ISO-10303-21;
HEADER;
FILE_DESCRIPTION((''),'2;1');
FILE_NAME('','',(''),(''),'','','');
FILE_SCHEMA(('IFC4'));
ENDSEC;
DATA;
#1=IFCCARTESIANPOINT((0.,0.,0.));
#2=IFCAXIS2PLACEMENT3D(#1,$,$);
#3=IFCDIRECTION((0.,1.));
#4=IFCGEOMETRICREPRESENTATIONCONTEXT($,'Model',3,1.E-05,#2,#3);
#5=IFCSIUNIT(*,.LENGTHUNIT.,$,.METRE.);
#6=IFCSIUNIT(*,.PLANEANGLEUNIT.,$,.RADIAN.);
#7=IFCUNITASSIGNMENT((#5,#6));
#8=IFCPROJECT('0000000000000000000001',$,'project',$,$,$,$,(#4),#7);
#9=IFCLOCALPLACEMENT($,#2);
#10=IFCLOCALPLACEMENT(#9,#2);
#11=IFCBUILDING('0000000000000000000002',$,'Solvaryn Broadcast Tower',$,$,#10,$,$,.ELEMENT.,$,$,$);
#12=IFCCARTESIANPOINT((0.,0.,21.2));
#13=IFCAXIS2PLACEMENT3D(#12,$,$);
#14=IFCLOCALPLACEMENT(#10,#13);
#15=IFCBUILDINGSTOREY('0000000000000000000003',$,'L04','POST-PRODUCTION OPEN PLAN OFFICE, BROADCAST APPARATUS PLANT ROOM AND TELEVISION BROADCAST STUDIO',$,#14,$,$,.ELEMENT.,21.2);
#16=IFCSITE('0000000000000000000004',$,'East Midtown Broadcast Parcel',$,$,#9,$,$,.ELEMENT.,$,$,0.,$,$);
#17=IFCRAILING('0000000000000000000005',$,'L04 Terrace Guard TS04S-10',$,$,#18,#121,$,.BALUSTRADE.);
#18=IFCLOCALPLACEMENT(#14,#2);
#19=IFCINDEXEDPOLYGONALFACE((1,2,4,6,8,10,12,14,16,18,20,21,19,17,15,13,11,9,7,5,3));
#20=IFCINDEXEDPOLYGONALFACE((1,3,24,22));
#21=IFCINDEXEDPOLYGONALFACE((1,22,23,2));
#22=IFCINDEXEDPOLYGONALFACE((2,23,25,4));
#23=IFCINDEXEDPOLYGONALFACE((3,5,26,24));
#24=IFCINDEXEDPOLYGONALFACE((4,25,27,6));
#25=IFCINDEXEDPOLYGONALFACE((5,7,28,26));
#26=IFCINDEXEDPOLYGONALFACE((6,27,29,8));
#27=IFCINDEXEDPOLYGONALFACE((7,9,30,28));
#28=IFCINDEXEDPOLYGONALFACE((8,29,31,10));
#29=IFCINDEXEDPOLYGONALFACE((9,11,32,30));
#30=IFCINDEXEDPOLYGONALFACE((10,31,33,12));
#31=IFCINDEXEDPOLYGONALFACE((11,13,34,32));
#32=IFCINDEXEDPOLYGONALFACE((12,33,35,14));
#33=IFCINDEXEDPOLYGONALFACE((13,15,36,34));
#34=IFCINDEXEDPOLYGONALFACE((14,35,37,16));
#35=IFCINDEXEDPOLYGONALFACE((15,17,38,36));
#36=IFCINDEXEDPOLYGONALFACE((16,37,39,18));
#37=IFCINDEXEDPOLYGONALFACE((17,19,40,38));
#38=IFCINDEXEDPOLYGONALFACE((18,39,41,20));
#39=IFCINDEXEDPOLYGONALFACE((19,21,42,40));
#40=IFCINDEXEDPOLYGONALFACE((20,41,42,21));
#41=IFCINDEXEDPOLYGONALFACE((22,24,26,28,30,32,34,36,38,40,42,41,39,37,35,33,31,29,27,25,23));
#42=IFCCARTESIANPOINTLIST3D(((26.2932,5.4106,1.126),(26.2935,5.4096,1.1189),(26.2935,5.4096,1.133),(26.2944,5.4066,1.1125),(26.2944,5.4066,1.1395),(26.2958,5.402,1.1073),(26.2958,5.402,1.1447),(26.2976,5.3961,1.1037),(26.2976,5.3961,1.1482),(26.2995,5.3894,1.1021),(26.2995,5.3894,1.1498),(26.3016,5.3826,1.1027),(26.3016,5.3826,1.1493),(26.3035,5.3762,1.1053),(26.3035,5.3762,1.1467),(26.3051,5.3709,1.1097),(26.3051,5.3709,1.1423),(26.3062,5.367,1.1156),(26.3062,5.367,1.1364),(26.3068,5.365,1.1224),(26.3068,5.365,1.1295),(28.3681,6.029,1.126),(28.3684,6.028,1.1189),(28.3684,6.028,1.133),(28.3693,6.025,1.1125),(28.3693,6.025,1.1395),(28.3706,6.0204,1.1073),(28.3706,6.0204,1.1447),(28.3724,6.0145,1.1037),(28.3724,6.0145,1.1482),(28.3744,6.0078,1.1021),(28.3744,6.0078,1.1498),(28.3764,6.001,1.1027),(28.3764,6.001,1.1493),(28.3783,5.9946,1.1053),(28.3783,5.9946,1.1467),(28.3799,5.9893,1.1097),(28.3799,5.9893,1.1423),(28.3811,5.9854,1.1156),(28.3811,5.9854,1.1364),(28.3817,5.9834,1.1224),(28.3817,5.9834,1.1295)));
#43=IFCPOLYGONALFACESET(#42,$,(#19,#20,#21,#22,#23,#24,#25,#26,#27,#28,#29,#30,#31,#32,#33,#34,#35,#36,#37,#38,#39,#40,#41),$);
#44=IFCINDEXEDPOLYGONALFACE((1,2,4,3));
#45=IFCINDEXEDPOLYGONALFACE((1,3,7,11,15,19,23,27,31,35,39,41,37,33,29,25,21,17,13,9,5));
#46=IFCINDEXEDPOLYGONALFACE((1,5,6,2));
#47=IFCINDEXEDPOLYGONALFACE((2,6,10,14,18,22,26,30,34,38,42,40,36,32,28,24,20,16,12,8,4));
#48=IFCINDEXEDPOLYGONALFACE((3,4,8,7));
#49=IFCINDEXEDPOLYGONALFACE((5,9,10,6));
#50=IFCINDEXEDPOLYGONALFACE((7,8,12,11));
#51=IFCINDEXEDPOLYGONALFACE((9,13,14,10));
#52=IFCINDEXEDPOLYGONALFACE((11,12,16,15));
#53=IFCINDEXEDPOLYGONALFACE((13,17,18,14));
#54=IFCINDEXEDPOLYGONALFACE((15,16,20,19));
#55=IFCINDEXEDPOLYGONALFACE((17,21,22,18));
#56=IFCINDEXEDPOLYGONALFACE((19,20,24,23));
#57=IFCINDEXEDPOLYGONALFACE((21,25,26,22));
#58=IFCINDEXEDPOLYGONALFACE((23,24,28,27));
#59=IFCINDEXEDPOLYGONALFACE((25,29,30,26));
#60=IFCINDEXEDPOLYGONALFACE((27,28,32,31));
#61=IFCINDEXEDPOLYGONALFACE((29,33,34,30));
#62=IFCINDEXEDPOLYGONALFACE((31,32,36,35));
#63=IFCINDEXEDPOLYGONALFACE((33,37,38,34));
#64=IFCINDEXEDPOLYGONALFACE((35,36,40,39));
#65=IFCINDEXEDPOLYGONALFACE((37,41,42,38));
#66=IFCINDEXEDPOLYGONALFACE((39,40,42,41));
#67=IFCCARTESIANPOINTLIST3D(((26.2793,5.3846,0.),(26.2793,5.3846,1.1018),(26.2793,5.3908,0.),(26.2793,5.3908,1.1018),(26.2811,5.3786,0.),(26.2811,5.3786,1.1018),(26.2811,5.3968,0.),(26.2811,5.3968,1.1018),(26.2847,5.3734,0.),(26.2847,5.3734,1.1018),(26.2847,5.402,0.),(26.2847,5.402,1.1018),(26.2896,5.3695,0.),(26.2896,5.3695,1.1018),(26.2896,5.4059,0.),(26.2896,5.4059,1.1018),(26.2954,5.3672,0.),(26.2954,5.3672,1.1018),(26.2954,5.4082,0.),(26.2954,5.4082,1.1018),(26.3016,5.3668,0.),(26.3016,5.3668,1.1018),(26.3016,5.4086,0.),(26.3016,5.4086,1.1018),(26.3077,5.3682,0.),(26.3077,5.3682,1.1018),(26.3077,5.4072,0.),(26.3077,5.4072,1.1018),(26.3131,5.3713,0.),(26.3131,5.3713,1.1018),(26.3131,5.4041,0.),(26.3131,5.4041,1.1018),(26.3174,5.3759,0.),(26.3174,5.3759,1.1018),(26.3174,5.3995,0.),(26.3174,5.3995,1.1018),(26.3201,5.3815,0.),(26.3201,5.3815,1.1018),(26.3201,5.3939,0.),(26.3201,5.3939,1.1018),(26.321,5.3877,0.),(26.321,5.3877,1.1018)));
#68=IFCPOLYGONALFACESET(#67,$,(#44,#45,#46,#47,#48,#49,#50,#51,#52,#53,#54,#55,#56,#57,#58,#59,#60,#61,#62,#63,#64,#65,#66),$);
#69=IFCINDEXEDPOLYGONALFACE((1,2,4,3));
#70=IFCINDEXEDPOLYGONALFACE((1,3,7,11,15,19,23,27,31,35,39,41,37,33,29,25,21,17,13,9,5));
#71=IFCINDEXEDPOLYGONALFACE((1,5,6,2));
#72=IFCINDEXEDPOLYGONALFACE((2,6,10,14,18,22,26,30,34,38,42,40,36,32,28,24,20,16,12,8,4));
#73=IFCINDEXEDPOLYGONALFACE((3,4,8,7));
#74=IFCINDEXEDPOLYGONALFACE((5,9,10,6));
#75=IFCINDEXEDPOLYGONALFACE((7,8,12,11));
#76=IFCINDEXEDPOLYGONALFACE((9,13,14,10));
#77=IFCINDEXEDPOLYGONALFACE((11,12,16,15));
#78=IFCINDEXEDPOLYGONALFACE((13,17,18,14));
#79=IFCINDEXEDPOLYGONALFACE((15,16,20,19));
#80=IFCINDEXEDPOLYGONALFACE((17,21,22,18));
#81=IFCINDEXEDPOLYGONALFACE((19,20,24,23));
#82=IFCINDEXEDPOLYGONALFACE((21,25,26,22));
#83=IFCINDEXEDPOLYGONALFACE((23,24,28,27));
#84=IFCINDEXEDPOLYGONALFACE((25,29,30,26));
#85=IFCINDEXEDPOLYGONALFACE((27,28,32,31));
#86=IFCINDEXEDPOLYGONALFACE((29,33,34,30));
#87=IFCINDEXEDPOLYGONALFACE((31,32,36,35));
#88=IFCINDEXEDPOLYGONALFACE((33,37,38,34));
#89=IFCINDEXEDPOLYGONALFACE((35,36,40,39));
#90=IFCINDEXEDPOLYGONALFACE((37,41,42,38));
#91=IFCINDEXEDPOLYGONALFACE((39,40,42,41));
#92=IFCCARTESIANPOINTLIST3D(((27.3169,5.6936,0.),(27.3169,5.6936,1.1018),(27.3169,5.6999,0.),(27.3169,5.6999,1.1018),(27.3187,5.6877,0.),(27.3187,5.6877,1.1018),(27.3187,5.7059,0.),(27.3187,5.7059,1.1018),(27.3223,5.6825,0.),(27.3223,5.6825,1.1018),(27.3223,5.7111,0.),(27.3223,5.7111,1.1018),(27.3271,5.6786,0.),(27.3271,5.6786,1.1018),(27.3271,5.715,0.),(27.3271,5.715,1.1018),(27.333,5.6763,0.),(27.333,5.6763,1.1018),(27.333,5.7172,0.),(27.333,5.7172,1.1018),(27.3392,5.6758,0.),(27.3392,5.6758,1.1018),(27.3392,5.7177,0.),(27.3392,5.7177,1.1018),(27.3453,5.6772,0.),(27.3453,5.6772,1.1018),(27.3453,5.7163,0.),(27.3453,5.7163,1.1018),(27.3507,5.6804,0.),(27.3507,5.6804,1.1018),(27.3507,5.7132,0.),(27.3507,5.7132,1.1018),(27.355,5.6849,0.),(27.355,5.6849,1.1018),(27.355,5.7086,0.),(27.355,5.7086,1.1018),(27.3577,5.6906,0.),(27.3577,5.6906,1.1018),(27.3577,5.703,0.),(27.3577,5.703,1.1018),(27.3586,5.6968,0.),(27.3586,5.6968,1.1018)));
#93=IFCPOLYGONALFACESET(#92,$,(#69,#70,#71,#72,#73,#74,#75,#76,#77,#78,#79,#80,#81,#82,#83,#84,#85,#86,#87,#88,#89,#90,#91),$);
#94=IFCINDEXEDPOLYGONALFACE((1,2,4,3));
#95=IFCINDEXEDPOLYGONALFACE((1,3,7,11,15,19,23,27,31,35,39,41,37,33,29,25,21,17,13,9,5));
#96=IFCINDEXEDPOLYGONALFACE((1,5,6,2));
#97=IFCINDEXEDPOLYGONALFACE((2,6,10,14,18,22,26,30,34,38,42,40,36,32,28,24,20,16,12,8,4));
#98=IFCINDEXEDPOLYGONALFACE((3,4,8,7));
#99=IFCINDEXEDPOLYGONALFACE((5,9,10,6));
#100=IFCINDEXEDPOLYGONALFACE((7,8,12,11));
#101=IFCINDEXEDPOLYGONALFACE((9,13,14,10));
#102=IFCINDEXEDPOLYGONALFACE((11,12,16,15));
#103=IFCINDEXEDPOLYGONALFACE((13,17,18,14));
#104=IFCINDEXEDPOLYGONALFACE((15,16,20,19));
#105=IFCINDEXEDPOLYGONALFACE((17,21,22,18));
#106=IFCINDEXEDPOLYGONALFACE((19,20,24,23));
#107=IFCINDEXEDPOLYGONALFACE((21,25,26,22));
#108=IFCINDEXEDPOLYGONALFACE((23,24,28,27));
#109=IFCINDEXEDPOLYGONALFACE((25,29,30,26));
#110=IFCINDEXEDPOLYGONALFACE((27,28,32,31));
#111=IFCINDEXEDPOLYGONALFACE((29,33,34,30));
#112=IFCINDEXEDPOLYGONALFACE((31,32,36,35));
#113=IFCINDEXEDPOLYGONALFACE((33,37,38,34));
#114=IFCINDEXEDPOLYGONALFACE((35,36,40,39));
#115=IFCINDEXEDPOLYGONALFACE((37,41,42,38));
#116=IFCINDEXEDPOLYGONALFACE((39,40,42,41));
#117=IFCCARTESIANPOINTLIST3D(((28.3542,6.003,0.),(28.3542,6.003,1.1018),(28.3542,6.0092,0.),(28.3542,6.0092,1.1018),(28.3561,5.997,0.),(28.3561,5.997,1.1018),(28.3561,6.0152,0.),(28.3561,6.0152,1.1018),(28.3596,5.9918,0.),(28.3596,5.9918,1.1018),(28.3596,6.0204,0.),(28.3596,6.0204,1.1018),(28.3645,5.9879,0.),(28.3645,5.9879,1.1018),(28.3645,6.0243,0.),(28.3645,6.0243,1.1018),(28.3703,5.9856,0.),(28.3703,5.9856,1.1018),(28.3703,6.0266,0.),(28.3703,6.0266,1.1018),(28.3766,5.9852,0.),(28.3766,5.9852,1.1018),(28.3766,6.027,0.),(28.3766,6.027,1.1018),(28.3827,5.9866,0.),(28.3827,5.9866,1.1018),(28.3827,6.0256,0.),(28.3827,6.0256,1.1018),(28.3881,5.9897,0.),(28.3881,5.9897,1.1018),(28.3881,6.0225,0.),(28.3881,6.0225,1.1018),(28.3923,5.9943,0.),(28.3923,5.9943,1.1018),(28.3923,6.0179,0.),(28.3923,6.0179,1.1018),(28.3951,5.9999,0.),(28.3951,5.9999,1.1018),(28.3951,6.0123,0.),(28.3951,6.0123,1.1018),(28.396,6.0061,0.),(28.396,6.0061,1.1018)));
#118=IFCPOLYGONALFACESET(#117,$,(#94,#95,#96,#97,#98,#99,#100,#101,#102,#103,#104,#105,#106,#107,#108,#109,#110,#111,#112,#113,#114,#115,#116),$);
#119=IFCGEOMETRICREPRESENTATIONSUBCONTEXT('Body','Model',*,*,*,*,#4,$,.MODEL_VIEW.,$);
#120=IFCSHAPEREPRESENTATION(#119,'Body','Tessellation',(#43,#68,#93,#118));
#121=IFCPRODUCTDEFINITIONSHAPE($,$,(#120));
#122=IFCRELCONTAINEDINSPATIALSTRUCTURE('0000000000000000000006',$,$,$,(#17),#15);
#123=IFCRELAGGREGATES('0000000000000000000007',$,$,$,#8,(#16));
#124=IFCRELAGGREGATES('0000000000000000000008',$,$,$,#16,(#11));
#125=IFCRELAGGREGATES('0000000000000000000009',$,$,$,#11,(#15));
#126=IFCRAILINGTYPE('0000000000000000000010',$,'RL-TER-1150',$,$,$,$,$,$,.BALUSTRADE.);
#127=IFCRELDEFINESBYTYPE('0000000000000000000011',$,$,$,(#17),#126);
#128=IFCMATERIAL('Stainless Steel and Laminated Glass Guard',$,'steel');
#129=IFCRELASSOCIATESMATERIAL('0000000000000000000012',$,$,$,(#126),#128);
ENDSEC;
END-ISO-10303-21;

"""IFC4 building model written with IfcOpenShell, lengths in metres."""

from ifc_helpers import new_model, si_unit, direction, frame, origin, origin_2d, place, context, subcontext, project, spatial, circle, extrude, material, type_object, element, save


model = new_model("IFC4")

# Units and contexts
model_context = context("Model", 3, precision=1e-05, world=origin(), true_north=direction((0.0, 1.0)))
body_context = subcontext(model_context, "Body", "Model", "MODEL_VIEW")
ifc_project = project(units=[si_unit("LENGTHUNIT", "METRE"), si_unit("PLANEANGLEUNIT", "RADIAN")], contexts=[model_context])

# Site, building, storey
site_placement = place(None, origin())
site = spatial("IfcSite", under=ifc_project, at=site_placement, Name="East Midtown Broadcast Parcel", CompositionType="ELEMENT", RefElevation=0.0)
building_placement = place(site_placement, origin())
building = spatial("IfcBuilding", under=site, at=building_placement, Name="Solvaryn Broadcast Tower", CompositionType="ELEMENT")
storey_placement = place(building_placement, frame((0.0, 0.0, 21.2)))
storey = spatial("IfcBuildingStorey", under=building, at=storey_placement, Name="L04", Description="POST-PRODUCTION OPEN PLAN OFFICE, BROADCAST APPARATUS PLANT ROOM AND TELEVISION BROADCAST STUDIO", CompositionType="ELEMENT", Elevation=21.2)

# Railing
ifc_material_1 = material(Name="Stainless Steel and Laminated Glass Guard", Category="steel")
railing_type = type_object("IfcRailingType", Name="RL-TER-1150", PredefinedType="BALUSTRADE", material=ifc_material_1)
railing_1_placement = place(storey_placement, frame((26.3, 5.3877, 0.0)))
element("IfcRailing", 1, at=railing_1_placement, inside=storey, type_object=railing_type, Name="L04 Terrace Guard TS04S-10", PredefinedType="BALUSTRADE", context=body_context, shape_type="SweptSolid", body=[
    extrude(circle(Radius=0.0239, at=origin_2d()), frame((0.0, 0.0, 1.126), z_axis=(0.958343, 0.28562, 0.0), x_axis=(-0.28562, 0.958343, 0.0)), (0.0, 0.0, 1.0), 2.165),
    extrude(circle(Radius=0.021, at=origin_2d()), origin(), (0.0, 0.0, 1.0), 1.1018),
    extrude(circle(Radius=0.021, at=origin_2d()), frame((1.0376, 0.3091, 0.0)), (0.0, 0.0, 1.0), 1.1018),
    extrude(circle(Radius=0.021, at=origin_2d()), frame((2.075, 0.6184, 0.0)), (0.0, 0.0, 1.0), 1.1018),
])

save(model, "model.ifc")
